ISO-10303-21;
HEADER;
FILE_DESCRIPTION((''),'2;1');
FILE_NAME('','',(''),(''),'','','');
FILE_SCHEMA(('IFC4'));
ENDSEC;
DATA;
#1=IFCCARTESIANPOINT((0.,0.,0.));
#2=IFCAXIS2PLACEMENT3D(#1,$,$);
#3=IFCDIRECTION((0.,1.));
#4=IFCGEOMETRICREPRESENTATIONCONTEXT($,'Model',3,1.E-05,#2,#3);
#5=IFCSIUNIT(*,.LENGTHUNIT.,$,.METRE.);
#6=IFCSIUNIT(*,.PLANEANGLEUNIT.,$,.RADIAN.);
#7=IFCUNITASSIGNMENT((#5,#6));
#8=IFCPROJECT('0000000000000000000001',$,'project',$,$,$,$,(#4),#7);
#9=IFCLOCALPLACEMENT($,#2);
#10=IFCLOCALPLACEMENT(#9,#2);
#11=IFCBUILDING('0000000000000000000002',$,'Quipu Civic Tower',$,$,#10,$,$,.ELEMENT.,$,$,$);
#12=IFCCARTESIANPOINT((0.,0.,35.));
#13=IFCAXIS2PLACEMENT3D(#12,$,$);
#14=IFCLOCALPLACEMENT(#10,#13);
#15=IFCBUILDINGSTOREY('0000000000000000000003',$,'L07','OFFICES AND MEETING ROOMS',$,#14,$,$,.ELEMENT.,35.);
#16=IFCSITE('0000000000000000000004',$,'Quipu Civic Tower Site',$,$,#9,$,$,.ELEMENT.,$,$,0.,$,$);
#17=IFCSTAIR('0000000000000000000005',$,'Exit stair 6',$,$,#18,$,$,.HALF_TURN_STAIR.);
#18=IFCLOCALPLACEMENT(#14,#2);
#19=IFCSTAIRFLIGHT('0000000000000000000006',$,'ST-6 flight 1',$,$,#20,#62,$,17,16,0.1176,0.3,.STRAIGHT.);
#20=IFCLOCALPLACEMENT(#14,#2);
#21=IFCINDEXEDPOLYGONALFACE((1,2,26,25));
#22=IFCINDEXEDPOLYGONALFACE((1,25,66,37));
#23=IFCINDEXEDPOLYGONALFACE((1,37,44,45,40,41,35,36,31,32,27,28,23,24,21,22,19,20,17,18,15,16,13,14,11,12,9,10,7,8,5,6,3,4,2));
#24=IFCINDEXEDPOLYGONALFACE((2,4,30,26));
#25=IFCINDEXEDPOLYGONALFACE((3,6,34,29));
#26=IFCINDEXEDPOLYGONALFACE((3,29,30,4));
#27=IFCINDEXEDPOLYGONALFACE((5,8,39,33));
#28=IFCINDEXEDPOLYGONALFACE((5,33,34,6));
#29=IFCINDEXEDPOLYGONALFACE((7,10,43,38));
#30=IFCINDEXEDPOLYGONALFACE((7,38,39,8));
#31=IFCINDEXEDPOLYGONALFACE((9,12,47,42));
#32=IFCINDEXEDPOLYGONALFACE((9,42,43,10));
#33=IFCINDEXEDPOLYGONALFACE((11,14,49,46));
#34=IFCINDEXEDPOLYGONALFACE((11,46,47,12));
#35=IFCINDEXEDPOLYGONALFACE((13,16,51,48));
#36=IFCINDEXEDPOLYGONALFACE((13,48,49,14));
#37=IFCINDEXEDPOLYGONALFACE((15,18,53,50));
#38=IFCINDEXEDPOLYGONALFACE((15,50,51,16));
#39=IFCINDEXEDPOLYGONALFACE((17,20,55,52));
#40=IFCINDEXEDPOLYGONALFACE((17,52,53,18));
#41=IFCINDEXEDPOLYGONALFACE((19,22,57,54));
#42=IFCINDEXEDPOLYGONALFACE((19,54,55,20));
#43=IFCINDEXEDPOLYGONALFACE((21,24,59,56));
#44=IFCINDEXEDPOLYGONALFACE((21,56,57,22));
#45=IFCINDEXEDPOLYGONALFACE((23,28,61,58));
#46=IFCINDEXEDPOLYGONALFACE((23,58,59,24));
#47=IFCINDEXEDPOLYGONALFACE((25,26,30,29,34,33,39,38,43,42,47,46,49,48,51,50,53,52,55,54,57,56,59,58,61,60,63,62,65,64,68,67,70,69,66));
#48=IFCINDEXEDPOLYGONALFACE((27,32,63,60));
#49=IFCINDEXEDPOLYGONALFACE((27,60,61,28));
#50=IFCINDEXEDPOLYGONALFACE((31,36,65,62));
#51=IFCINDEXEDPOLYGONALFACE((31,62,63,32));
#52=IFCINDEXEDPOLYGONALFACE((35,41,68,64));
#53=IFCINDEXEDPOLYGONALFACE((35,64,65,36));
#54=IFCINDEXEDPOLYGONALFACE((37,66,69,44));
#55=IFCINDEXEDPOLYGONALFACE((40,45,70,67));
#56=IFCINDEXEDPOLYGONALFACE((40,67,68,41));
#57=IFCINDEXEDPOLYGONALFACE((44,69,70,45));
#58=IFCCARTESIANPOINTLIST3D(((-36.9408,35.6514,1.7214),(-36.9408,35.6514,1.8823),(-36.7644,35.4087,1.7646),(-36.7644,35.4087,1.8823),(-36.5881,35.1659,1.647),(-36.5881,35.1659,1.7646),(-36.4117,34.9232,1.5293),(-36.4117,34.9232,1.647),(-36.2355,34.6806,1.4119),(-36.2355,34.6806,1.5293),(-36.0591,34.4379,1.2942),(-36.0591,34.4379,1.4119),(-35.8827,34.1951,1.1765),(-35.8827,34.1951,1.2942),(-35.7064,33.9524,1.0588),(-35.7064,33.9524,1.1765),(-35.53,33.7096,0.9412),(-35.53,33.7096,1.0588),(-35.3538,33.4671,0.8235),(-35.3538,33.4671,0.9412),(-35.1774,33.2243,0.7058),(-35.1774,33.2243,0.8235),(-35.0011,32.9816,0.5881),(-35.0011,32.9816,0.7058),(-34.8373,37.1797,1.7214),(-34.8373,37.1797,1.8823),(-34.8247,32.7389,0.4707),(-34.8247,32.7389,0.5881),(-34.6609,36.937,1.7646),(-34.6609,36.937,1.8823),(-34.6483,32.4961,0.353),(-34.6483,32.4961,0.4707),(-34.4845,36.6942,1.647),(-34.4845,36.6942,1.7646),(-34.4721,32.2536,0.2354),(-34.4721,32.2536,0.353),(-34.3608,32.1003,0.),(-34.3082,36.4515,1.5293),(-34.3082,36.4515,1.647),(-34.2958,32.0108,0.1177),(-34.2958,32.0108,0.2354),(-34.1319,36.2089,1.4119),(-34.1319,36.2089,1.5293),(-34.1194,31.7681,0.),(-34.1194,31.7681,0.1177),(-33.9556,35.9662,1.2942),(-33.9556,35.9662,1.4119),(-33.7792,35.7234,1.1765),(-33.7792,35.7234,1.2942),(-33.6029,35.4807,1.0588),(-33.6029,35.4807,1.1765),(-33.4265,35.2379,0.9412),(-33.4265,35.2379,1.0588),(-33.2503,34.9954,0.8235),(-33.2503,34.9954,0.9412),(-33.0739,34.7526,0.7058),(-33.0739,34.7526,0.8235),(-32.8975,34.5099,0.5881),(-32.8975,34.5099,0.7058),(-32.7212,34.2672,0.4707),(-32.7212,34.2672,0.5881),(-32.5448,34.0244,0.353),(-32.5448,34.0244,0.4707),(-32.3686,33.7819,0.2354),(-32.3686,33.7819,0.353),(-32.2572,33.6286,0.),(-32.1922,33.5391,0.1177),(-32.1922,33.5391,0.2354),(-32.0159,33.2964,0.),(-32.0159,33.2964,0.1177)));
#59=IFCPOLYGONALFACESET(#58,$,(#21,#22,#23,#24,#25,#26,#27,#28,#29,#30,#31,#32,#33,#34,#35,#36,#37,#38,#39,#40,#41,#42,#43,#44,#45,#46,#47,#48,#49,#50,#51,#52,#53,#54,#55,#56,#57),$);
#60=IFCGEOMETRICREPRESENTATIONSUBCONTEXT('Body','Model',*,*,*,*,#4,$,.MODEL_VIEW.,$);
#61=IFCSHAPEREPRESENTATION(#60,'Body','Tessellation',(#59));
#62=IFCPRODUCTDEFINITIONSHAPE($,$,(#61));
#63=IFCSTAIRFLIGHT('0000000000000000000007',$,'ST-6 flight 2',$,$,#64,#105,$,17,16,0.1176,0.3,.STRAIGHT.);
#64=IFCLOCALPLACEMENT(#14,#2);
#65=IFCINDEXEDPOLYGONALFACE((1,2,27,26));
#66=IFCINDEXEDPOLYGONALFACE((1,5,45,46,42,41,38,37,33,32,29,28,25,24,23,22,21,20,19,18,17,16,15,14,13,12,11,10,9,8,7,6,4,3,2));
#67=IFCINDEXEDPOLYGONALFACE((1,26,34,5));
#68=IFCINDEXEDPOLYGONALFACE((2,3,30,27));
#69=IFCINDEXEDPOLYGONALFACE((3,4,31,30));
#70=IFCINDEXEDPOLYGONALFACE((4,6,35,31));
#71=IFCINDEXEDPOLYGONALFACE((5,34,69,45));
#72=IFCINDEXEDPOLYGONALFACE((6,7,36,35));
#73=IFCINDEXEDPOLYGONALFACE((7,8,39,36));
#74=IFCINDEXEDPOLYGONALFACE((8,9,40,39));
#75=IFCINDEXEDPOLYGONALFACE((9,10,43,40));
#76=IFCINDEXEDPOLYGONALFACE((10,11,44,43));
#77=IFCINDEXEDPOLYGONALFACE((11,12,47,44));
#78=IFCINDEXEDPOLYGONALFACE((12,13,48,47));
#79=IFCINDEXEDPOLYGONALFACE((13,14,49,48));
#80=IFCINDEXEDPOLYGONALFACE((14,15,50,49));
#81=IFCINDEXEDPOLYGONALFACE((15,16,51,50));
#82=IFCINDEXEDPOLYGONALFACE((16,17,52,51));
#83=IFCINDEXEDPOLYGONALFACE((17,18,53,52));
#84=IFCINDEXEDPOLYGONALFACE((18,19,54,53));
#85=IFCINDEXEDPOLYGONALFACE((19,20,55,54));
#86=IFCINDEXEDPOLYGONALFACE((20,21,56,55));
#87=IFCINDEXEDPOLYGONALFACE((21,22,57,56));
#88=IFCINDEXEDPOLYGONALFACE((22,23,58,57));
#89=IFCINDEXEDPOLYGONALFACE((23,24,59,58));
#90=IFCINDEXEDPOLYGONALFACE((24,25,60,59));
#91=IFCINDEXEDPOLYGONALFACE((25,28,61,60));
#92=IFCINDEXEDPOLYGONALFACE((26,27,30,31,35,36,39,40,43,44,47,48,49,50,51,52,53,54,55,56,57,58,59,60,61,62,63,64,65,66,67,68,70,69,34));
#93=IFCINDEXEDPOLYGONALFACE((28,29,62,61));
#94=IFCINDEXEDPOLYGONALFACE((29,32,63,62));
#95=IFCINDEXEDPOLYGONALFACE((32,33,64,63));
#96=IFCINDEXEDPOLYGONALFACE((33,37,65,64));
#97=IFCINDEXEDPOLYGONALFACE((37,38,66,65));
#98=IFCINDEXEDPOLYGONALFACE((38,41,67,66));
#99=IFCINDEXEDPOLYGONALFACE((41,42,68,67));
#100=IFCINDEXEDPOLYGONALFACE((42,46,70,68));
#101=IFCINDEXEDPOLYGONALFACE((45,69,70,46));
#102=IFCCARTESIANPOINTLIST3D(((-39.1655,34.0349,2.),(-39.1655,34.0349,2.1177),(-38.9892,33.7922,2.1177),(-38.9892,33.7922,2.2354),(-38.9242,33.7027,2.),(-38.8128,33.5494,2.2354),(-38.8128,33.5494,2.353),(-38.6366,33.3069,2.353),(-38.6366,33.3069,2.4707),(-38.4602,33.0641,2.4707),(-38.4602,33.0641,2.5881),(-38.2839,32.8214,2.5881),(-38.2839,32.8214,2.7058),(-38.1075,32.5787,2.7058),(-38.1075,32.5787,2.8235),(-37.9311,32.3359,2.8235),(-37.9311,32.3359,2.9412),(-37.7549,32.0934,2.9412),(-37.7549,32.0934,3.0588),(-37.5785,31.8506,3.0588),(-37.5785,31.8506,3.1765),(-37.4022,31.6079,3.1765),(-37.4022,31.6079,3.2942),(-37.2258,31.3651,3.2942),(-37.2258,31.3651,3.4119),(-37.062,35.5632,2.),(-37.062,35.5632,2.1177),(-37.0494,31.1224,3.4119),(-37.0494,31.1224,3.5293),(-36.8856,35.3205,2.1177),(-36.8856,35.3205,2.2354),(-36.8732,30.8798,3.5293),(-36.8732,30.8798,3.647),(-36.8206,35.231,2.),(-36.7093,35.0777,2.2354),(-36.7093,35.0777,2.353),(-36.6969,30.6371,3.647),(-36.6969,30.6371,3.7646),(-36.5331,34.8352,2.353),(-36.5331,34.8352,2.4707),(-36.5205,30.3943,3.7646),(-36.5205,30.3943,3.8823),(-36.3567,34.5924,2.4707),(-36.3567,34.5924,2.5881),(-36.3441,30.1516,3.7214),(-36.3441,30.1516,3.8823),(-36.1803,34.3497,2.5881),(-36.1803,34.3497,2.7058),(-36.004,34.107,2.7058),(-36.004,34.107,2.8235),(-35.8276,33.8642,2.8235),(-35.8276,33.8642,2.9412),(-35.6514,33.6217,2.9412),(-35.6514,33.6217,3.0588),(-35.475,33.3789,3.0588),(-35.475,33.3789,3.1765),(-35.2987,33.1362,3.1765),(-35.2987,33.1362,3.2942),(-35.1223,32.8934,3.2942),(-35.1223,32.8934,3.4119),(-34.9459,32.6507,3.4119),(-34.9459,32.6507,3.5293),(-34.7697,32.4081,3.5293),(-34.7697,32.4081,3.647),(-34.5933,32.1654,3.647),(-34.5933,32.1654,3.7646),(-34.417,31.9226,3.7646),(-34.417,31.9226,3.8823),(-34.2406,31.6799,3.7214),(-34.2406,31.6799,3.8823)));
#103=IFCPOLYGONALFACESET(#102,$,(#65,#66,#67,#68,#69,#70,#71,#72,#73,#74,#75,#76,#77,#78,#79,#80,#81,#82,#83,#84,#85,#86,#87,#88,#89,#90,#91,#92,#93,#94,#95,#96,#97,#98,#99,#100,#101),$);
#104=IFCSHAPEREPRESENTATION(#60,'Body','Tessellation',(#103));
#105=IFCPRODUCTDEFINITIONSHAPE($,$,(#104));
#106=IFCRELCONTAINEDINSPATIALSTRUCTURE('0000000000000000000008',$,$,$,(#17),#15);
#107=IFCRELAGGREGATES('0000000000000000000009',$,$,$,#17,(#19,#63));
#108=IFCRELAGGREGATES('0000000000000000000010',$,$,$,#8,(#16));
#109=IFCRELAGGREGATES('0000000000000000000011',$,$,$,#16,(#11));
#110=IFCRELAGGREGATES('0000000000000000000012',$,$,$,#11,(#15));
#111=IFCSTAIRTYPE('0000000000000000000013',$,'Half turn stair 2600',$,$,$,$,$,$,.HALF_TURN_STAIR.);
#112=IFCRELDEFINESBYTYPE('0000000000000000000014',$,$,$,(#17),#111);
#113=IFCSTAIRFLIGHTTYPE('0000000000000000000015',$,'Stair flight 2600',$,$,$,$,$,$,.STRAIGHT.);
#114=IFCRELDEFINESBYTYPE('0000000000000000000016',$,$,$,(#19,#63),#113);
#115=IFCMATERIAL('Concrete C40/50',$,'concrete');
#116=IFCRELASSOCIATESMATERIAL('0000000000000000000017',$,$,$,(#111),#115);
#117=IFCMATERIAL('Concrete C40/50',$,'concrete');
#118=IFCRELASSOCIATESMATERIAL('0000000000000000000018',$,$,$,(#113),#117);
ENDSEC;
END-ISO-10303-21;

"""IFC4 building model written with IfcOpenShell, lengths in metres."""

from ifc_helpers import new_model, si_unit, direction, frame, origin, place, context, subcontext, project, spatial, polyline, outline, extrude, material, type_object, element, aggregate, save


model = new_model("IFC4")

# Units and contexts
model_context = context("Model", 3, precision=1e-05, world=origin(), true_north=direction((0.0, 1.0)))
body_context = subcontext(model_context, "Body", "Model", "MODEL_VIEW")
ifc_project = project(units=[si_unit("LENGTHUNIT", "METRE"), si_unit("PLANEANGLEUNIT", "RADIAN")], contexts=[model_context])

# Site, building, storey
site_placement = place(None, origin())
site = spatial("IfcSite", under=ifc_project, at=site_placement, Name="Quipu Civic Tower Site", CompositionType="ELEMENT", RefElevation=0.0)
building_placement = place(site_placement, origin())
building = spatial("IfcBuilding", under=site, at=building_placement, Name="Quipu Civic Tower", CompositionType="ELEMENT")
storey_placement = place(building_placement, frame((0.0, 0.0, 35.0)))
storey = spatial("IfcBuildingStorey", under=building, at=storey_placement, Name="L07", Description="OFFICES AND MEETING ROOMS", CompositionType="ELEMENT", Elevation=35.0)

# Stair, stair flights
ifc_material_1 = material(Name="Concrete C40/50", Category="concrete")
stair_type = type_object("IfcStairType", Name="Half turn stair 2600", PredefinedType="HALF_TURN_STAIR", material=ifc_material_1)
stair_placement = place(storey_placement, origin())
stair = element("IfcStair", 1, at=stair_placement, inside=storey, type_object=stair_type, Name="Exit stair 6", PredefinedType="HALF_TURN_STAIR")
ifc_material_2 = material(Name="Concrete C40/50", Category="concrete")
stair_flight_type = type_object("IfcStairFlightType", Name="Stair flight 2600", PredefinedType="STRAIGHT", material=ifc_material_2)
stair_flight_1_placement = place(storey_placement, frame((-33.0676, 32.5322, 0.0), z_axis=(0.0, 0.0, 1.0), x_axis=(-0.587785, 0.809017, 0.0)))
stair_flight_1 = element("IfcStairFlight", 2, at=stair_flight_1_placement, type_object=stair_flight_type, Name="ST-6 flight 1", NumberOfRisers=17, NumberOfTreads=16, PredefinedType="STRAIGHT", RiserHeight=0.1176, TreadLength=0.3, context=body_context, shape_type="SweptSolid", body=[
    extrude(outline(polyline([(0.0, 0.0), (0.0, 0.1177), (0.3, 0.1177), (0.3, 0.2354), (0.6001, 0.2354), (0.6001, 0.353), (0.8999, 0.353), (0.8999, 0.4707), (1.2, 0.4707), (1.2, 0.5881), (1.5, 0.5881), (1.5, 0.7058), (1.8, 0.7058), (1.8, 0.8235), (2.1001, 0.8235), (2.1001, 0.9412), (2.3999, 0.9412), (2.3999, 1.0588), (2.7, 1.0588), (2.7, 1.1765), (3.0, 1.1765), (3.0, 1.2942), (3.3, 1.2942), (3.3, 1.4119), (3.6001, 1.4119), (3.6001, 1.5293), (3.8999, 1.5293), (3.8999, 1.647), (4.2, 1.647), (4.2, 1.7646), (4.5, 1.7646), (4.5, 1.8823), (4.8, 1.8823), (4.8, 2.0), (4.8, 1.7214), (0.4106, 0.0), (0.0, 0.0)])), frame((0.0, 1.3, 0.0), z_axis=(0.0, -1.0, 0.0), x_axis=(1.0, 0.0, 0.0)), (0.0, 0.0, 1.0), 2.6001),
])
stair_flight_2_placement = place(storey_placement, frame((-38.1138, 34.7991, 2.0), z_axis=(0.0, 0.0, 1.0), x_axis=(0.587785, -0.809017, 0.0)))
stair_flight_2 = element("IfcStairFlight", 3, at=stair_flight_2_placement, type_object=stair_flight_type, Name="ST-6 flight 2", NumberOfRisers=17, NumberOfTreads=16, PredefinedType="STRAIGHT", RiserHeight=0.1176, TreadLength=0.3, context=body_context, shape_type="SweptSolid", body=[
    extrude(outline(polyline([(0.0, 0.0), (0.0, 0.1177), (0.3, 0.1177), (0.3, 0.2354), (0.6001, 0.2354), (0.6001, 0.353), (0.8999, 0.353), (0.8999, 0.4707), (1.2, 0.4707), (1.2, 0.5881), (1.5, 0.5881), (1.5, 0.7058), (1.8, 0.7058), (1.8, 0.8235), (2.1001, 0.8235), (2.1001, 0.9412), (2.3999, 0.9412), (2.3999, 1.0588), (2.7, 1.0588), (2.7, 1.1765), (3.0, 1.1765), (3.0, 1.2942), (3.3, 1.2942), (3.3, 1.4119), (3.6001, 1.4119), (3.6001, 1.5293), (3.8999, 1.5293), (3.8999, 1.647), (4.2, 1.647), (4.2, 1.7646), (4.5, 1.7646), (4.5, 1.8823), (4.8, 1.8823), (4.8, 2.0), (4.8, 1.7214), (0.4106, 0.0), (0.0, 0.0)])), frame((0.0, 1.3, 0.0), z_axis=(0.0, -1.0, 0.0), x_axis=(1.0, 0.0, 0.0)), (0.0, 0.0, 1.0), 2.6001),
])
aggregate(stair, [stair_flight_1, stair_flight_2])

save(model, "model.ifc")
